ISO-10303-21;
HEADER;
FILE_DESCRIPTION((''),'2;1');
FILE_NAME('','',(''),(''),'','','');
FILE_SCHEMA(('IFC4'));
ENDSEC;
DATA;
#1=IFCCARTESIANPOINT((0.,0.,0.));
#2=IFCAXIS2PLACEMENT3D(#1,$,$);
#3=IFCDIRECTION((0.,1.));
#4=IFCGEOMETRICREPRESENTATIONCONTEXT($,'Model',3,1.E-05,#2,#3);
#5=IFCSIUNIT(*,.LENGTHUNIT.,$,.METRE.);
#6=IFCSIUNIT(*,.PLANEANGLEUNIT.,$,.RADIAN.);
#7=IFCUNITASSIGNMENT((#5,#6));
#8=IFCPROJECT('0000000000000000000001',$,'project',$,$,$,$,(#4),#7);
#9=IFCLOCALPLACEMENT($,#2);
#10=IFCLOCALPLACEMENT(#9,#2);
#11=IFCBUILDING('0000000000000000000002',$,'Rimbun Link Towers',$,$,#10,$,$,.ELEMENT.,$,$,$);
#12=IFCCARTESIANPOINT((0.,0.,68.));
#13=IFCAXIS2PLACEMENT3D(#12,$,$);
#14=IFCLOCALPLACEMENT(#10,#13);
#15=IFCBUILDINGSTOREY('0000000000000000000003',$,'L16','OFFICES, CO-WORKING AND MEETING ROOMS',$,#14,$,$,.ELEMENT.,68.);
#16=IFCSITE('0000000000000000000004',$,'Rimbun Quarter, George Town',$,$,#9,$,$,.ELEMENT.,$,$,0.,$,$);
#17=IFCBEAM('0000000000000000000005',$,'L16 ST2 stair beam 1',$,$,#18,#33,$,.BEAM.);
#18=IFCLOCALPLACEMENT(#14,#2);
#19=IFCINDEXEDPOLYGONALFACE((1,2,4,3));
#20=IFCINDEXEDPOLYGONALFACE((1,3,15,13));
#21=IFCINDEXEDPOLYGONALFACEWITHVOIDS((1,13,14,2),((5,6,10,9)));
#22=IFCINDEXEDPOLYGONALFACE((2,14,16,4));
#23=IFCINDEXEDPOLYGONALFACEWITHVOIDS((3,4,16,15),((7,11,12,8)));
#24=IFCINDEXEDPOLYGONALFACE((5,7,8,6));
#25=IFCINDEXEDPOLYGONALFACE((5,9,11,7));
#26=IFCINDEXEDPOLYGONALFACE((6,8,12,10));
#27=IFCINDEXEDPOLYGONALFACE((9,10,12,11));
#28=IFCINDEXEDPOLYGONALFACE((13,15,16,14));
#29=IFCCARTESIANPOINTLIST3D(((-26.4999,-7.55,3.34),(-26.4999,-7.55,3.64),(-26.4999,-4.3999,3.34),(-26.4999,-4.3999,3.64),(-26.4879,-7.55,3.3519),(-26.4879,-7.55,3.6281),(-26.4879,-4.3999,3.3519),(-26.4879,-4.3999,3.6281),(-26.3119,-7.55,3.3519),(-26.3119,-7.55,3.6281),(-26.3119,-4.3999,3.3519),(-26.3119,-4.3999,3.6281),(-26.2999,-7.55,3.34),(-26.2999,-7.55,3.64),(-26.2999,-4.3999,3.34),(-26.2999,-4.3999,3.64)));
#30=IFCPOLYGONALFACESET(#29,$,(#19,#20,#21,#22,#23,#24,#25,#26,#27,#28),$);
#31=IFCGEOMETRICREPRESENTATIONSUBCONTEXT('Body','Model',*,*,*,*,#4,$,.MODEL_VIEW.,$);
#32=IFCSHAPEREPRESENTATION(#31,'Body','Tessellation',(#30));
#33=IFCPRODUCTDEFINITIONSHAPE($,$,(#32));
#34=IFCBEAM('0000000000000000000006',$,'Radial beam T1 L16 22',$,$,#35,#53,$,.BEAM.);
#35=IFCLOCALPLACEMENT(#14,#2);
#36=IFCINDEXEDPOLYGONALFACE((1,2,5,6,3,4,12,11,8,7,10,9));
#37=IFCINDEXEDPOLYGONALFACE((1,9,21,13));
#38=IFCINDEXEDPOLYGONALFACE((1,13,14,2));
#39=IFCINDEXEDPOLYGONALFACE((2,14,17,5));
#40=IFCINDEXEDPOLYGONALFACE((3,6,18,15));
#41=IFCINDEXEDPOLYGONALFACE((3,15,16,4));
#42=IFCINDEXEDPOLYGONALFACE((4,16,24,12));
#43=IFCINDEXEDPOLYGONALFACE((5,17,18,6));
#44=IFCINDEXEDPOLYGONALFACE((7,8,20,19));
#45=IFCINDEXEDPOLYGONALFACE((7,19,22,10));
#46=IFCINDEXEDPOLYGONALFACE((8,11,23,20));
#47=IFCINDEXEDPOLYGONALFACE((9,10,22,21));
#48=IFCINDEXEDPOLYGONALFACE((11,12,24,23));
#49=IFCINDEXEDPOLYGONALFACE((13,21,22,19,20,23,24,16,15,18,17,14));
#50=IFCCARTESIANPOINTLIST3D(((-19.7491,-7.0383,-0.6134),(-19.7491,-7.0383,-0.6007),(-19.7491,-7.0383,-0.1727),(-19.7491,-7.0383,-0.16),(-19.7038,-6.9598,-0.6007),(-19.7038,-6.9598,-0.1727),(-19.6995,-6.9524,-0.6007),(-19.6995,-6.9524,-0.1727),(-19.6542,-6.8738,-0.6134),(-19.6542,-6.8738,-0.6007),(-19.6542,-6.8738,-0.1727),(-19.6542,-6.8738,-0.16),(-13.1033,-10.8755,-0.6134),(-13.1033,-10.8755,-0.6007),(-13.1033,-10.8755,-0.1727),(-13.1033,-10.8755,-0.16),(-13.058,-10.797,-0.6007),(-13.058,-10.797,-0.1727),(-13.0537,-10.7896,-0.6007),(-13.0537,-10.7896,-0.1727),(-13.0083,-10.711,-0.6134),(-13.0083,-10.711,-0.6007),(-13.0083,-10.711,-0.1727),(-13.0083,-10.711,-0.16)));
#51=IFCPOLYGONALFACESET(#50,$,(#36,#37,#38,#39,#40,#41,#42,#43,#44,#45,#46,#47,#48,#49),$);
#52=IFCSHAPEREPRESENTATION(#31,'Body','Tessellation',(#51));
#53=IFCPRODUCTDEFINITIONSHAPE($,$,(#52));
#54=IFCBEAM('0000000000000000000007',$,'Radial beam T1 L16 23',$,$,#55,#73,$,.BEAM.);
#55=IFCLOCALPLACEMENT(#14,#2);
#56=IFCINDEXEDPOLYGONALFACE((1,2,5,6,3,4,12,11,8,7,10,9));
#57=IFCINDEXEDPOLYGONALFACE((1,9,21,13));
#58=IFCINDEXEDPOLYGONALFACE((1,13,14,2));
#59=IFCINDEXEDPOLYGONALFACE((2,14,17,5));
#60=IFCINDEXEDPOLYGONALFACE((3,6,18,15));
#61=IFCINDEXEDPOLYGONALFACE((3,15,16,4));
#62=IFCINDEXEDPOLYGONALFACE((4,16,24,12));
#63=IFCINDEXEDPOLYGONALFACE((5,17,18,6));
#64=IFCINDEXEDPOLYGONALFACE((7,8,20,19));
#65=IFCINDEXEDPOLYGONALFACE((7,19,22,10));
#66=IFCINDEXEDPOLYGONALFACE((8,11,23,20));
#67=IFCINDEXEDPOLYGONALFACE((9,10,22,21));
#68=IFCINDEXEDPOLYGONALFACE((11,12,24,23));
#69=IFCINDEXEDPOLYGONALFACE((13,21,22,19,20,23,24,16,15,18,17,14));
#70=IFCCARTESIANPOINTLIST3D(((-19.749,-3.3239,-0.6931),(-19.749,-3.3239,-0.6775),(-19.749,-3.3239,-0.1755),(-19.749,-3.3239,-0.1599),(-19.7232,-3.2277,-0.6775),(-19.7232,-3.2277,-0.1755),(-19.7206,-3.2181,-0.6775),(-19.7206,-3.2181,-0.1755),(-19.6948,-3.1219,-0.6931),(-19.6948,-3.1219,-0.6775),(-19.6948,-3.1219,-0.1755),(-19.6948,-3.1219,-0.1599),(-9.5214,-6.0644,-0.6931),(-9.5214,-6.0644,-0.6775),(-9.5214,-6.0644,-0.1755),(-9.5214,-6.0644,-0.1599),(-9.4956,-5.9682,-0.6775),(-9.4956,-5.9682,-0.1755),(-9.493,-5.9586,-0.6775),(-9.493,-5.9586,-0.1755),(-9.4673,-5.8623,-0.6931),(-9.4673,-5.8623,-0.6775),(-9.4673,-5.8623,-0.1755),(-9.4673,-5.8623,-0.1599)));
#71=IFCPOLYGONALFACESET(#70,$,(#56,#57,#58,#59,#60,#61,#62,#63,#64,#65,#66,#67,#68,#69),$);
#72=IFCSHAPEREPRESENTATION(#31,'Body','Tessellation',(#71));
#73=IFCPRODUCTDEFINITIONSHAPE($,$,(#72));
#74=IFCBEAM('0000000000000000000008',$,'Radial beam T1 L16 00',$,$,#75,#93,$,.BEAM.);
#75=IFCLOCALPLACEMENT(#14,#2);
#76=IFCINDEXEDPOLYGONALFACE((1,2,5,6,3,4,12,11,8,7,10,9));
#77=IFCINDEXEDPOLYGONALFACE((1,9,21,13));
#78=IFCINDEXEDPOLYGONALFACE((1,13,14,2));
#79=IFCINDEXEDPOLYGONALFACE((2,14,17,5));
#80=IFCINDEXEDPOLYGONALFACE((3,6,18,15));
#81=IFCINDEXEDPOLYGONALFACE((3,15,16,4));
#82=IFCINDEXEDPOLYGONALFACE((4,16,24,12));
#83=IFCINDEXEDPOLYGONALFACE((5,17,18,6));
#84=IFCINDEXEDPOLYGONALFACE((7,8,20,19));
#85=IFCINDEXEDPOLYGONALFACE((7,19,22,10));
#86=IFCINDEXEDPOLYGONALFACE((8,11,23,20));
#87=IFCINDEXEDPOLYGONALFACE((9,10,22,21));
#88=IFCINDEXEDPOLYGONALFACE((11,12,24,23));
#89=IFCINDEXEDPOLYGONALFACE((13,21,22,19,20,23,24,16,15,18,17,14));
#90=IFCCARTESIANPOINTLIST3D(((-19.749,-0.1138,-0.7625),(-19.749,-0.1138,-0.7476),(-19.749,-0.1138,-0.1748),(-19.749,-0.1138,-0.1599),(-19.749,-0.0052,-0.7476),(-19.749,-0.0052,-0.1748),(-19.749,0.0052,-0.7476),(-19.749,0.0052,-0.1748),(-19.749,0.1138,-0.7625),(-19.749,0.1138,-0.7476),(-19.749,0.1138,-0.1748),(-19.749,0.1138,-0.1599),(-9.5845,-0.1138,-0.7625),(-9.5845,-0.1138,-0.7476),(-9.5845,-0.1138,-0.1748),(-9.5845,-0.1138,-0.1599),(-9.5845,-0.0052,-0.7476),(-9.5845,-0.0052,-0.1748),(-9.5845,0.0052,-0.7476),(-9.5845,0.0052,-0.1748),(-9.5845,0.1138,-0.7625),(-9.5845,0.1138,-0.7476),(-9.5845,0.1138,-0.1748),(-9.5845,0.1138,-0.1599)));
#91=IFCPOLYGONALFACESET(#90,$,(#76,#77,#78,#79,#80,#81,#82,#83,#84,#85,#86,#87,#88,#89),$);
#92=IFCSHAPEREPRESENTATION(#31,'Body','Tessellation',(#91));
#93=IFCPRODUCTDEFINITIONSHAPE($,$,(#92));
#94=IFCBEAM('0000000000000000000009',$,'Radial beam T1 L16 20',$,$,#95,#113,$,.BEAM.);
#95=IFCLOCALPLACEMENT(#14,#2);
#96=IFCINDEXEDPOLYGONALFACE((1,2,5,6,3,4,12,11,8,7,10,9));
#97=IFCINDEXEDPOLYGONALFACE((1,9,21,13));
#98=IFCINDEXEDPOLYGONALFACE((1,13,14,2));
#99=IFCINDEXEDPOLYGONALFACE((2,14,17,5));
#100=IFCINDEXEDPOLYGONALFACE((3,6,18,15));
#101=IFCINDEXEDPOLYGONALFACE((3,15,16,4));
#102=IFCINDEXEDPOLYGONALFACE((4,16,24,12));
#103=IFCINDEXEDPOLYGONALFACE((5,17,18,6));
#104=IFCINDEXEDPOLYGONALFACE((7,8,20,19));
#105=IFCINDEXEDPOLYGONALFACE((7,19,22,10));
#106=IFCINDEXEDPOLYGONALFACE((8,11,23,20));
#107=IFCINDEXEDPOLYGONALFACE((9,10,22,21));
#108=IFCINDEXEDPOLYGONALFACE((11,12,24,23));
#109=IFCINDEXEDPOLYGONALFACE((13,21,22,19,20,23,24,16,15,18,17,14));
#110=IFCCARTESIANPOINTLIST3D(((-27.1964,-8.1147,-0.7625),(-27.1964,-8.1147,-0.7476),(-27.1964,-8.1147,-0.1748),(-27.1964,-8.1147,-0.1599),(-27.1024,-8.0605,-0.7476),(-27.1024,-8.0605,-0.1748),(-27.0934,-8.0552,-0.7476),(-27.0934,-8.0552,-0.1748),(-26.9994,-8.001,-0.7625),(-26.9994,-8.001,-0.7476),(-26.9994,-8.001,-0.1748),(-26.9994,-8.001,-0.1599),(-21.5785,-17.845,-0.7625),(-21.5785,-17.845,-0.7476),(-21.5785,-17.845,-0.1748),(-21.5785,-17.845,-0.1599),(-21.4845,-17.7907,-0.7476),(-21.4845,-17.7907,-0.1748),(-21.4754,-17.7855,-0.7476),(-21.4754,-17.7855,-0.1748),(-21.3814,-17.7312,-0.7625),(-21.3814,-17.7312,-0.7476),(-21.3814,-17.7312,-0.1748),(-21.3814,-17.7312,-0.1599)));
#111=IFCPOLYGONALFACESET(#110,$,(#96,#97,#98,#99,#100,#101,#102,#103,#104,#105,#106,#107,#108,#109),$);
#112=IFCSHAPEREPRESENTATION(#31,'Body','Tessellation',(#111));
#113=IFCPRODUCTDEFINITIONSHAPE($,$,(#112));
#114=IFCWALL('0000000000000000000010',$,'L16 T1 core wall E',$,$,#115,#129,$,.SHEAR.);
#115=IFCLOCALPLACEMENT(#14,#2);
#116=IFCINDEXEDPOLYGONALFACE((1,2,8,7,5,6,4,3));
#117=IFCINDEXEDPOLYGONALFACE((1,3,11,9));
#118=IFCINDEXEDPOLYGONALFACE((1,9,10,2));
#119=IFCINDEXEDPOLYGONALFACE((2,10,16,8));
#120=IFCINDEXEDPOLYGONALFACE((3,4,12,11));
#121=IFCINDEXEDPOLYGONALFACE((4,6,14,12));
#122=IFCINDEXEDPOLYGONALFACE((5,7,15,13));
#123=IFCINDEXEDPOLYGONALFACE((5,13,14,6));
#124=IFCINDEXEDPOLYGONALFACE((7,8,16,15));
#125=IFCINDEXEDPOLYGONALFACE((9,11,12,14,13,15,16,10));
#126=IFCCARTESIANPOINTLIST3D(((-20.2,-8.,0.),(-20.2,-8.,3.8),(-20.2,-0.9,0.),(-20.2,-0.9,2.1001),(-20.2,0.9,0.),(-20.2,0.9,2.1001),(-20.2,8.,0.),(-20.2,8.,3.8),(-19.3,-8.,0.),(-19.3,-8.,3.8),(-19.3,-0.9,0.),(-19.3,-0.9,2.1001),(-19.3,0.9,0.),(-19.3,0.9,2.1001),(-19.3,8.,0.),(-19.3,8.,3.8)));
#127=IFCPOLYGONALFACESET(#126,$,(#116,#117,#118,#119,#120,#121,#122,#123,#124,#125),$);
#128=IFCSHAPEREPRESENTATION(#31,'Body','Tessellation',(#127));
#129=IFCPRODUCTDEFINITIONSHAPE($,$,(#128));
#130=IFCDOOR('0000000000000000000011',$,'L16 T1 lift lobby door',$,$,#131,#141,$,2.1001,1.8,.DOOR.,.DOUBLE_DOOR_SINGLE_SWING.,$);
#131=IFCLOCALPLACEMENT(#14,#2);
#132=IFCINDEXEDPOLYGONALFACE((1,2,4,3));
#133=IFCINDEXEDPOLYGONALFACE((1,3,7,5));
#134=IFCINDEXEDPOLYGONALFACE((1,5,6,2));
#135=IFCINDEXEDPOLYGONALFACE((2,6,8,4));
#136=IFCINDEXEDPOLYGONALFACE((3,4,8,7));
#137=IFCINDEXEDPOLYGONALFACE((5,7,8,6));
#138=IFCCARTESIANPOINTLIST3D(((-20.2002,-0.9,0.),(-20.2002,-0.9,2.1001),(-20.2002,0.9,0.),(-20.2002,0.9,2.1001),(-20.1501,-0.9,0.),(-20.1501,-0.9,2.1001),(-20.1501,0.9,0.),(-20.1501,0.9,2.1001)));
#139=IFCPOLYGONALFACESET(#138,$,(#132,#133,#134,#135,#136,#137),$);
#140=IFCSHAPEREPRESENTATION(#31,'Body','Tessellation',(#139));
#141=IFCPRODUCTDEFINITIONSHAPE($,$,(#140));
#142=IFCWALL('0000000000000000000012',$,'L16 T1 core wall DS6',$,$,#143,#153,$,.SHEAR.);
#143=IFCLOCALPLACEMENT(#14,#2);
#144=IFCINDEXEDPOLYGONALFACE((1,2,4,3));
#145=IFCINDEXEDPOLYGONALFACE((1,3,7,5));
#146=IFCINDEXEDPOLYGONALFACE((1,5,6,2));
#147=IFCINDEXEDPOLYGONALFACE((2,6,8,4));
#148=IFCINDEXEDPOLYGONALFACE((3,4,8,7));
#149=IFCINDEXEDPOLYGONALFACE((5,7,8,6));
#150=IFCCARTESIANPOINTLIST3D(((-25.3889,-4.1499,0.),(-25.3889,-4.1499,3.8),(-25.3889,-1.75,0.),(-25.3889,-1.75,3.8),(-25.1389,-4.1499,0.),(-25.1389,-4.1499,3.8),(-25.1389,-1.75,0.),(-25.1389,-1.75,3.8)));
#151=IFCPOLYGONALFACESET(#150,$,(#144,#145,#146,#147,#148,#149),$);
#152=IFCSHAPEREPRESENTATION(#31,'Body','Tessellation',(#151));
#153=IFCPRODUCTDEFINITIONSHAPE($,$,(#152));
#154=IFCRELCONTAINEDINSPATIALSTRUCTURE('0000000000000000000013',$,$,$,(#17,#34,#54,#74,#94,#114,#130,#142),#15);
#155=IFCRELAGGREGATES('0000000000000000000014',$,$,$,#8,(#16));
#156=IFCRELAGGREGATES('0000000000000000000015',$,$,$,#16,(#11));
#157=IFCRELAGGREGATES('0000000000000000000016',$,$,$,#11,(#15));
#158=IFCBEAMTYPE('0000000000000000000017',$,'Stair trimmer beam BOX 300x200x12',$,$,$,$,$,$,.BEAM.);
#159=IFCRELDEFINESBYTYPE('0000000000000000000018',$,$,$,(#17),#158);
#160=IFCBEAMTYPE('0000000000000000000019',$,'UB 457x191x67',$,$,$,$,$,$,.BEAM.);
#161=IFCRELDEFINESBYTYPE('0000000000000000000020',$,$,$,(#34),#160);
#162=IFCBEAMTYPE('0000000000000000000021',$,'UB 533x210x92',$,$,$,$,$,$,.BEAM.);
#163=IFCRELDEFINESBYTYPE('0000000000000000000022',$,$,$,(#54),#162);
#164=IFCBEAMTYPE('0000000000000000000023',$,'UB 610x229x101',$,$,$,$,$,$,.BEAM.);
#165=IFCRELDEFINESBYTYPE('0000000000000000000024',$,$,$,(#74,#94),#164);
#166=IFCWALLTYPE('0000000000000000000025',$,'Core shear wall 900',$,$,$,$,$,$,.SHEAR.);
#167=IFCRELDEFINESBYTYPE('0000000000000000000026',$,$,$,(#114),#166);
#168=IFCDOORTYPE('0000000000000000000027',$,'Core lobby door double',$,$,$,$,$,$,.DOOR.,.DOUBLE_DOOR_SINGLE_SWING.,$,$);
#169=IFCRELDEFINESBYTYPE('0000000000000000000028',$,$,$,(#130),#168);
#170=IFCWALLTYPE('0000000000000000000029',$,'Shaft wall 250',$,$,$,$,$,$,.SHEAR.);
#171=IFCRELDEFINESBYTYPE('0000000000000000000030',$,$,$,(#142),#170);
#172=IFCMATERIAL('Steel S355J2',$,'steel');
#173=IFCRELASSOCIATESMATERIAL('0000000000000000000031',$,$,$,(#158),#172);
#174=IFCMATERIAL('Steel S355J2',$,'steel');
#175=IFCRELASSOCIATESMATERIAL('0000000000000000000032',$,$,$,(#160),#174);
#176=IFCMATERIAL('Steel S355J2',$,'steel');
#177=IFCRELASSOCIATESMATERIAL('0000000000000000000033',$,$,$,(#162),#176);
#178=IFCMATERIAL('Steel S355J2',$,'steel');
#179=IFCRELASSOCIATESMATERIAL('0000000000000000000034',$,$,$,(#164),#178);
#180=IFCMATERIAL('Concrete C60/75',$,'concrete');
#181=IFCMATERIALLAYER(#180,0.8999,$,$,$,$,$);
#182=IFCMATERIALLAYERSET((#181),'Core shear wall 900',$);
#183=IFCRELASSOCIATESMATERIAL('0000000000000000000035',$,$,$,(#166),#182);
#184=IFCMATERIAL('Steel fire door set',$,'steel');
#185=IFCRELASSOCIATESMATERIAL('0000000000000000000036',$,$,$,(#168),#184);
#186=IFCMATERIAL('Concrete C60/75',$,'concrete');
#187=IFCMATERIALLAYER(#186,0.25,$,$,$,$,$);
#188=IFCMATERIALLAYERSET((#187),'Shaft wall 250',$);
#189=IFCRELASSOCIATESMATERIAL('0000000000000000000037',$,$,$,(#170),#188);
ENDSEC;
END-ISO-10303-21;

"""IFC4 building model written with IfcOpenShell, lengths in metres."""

from ifc_helpers import new_model, si_unit, direction, frame, frame_2d, origin, origin_2d, place, context, subcontext, project, spatial, rectangle, hollow_rectangle, i_section, extrude, material, layer, layer_set, material_profile, profile_set, type_object, element, fill, save


model = new_model("IFC4")

# Units and contexts
model_context = context("Model", 3, precision=1e-05, world=origin(), true_north=direction((0.0, 1.0)))
body_context = subcontext(model_context, "Body", "Model", "MODEL_VIEW")
ifc_project = project(units=[si_unit("LENGTHUNIT", "METRE"), si_unit("PLANEANGLEUNIT", "RADIAN")], contexts=[model_context])

# Site, building, storey
site_placement = place(None, origin())
site = spatial("IfcSite", under=ifc_project, at=site_placement, Name="Rimbun Quarter, George Town", CompositionType="ELEMENT", RefElevation=0.0)
building_placement = place(site_placement, origin())
building = spatial("IfcBuilding", under=site, at=building_placement, Name="Rimbun Link Towers", CompositionType="ELEMENT")
storey_placement = place(building_placement, frame((0.0, 0.0, 68.0)))
storey = spatial("IfcBuildingStorey", under=building, at=storey_placement, Name="L16", Description="OFFICES, CO-WORKING AND MEETING ROOMS", CompositionType="ELEMENT", Elevation=68.0)

# Beams
ifc_material_1 = material(Name="Steel S355J2", Category="steel")
ifc_material_profile_1 = material_profile(ifc_material_1, hollow_rectangle(XDim=0.2, YDim=0.3, WallThickness=0.012, at=origin_2d()), Name="BOX 300x200x12")
ifc_profile_set_1 = profile_set([ifc_material_profile_1], Name="Steel S355J2")
beam_type_1 = type_object("IfcBeamType", Name="Stair trimmer beam BOX 300x200x12", PredefinedType="BEAM", material=ifc_profile_set_1)
beam_1_placement = place(storey_placement, frame((-26.3999, -7.55, 3.49), z_axis=(0.0, 1.0, 0.0), x_axis=(-1.0, 0.0, 0.0)))
element("IfcBeam", 1, at=beam_1_placement, inside=storey, type_object=beam_type_1, Name="L16 ST2 stair beam 1", PredefinedType="BEAM", context=body_context, shape_type="SweptSolid", body=[
    extrude(hollow_rectangle(XDim=0.2, YDim=0.3, WallThickness=0.012, at=origin_2d()), origin(), (0.0, 0.0, 1.0), 3.1501),
])
ifc_material_2 = material(Name="Steel S355J2", Category="steel")
ifc_material_profile_2 = material_profile(ifc_material_2, i_section(OverallWidth=0.1899, OverallDepth=0.4534, WebThickness=0.0085, FlangeThickness=0.0127, at=origin_2d()), Name="UB 457x191x67")
ifc_profile_set_2 = profile_set([ifc_material_profile_2], Name="Steel S355J2")
beam_type_2 = type_object("IfcBeamType", Name="UB 457x191x67", PredefinedType="BEAM", material=ifc_profile_set_2)
beam_2_placement = place(storey_placement, frame((-19.7017, -6.9561, -0.3867), z_axis=(0.866012, -0.500023, 0.0), x_axis=(0.500023, 0.866012, 0.0)))
element("IfcBeam", 2, at=beam_2_placement, inside=storey, type_object=beam_type_2, Name="Radial beam T1 L16 22", PredefinedType="BEAM", context=body_context, shape_type="SweptSolid", body=[
    extrude(i_section(OverallWidth=0.1899, OverallDepth=0.4534, WebThickness=0.0085, FlangeThickness=0.0127, at=origin_2d()), origin(), (0.0, 0.0, 1.0), 7.6741),
])
ifc_material_3 = material(Name="Steel S355J2", Category="steel")
ifc_material_profile_3 = material_profile(ifc_material_3, i_section(OverallWidth=0.2092, OverallDepth=0.5332, WebThickness=0.01, FlangeThickness=0.0156, at=origin_2d()), Name="UB 533x210x92")
ifc_profile_set_3 = profile_set([ifc_material_profile_3], Name="Steel S355J2")
beam_type_3 = type_object("IfcBeamType", Name="UB 533x210x92", PredefinedType="BEAM", material=ifc_profile_set_3)
beam_3_placement = place(storey_placement, frame((-19.7219, -3.2229, -0.4265), z_axis=(0.965925, -0.258821, 0.0), x_axis=(0.258821, 0.965925, 0.0)))
element("IfcBeam", 3, at=beam_3_placement, inside=storey, type_object=beam_type_3, Name="Radial beam T1 L16 23", PredefinedType="BEAM", context=body_context, shape_type="SweptSolid", body=[
    extrude(i_section(OverallWidth=0.2092, OverallDepth=0.5332, WebThickness=0.01, FlangeThickness=0.0156, at=origin_2d()), origin(), (0.0, 0.0, 1.0), 10.5884),
])
ifc_material_4 = material(Name="Steel S355J2", Category="steel")
ifc_material_profile_4 = material_profile(ifc_material_4, i_section(OverallWidth=0.2275, OverallDepth=0.6025, WebThickness=0.0105, FlangeThickness=0.0149, at=origin_2d()), Name="UB 610x229x101")
ifc_profile_set_4 = profile_set([ifc_material_profile_4], Name="Steel S355J2")
beam_type_4 = type_object("IfcBeamType", Name="UB 610x229x101", PredefinedType="BEAM", material=ifc_profile_set_4)
beam_4_placement = place(storey_placement, frame((-19.749, 0.0, -0.4612), z_axis=(1.0, 0.0, 0.0), x_axis=(0.0, 1.0, 0.0)))
element("IfcBeam", 4, at=beam_4_placement, inside=storey, type_object=beam_type_4, Name="Radial beam T1 L16 00", PredefinedType="BEAM", context=body_context, shape_type="SweptSolid", body=[
    extrude(i_section(OverallWidth=0.2275, OverallDepth=0.6025, WebThickness=0.0105, FlangeThickness=0.0149, at=origin_2d()), origin(), (0.0, 0.0, 1.0), 10.1646),
])
beam_5_placement = place(storey_placement, frame((-27.0979, -8.0579, -0.4612), z_axis=(0.500011, -0.866019, 0.0), x_axis=(0.866019, 0.500011, 0.0)))
element("IfcBeam", 5, at=beam_5_placement, inside=storey, type_object=beam_type_4, Name="Radial beam T1 L16 20", PredefinedType="BEAM", context=body_context, shape_type="SweptSolid", body=[
    extrude(i_section(OverallWidth=0.2275, OverallDepth=0.6025, WebThickness=0.0105, FlangeThickness=0.0149, at=origin_2d()), origin(), (0.0, 0.0, 1.0), 11.2356),
])

# Wall, opening, door
ifc_material_5 = material(Name="Concrete C60/75", Category="concrete")
ifc_layer_1 = layer(ifc_material_5, 0.8999)
ifc_layer_set_1 = layer_set([ifc_layer_1], Name="Core shear wall 900")
wall_type_1 = type_object("IfcWallType", Name="Core shear wall 900", PredefinedType="SHEAR", material=ifc_layer_set_1)
wall_1_placement = place(storey_placement, frame((-19.75, -8.0, 0.0), z_axis=(0.0, 0.0, 1.0), x_axis=(0.0, 1.0, 0.0)))
wall_1 = element("IfcWall", 6, at=wall_1_placement, inside=storey, type_object=wall_type_1, Name="L16 T1 core wall E", PredefinedType="SHEAR", context=body_context, shape_type="SweptSolid", body=[
    extrude(rectangle(XDim=16.0, YDim=0.8999, at=frame_2d((8.0, 0.0))), origin(), (0.0, 0.0, 1.0), 3.8),
])
opening_1_placement = place(wall_1_placement, frame((7.1001, 0.0, 0.0)))
opening_1 = element("IfcOpeningElement", 7, at=opening_1_placement, cuts=wall_1, PredefinedType="OPENING", context=body_context, shape_type="SweptSolid", body=[
    extrude(rectangle(XDim=1.8, YDim=2.1001, at=frame_2d((0.8999, 1.05))), frame((0.0, 0.46, 0.0), z_axis=(0.0, -1.0, 0.0), x_axis=(1.0, 0.0, 0.0)), (0.0, 0.0, 1.0), 0.9199),
])
ifc_material_6 = material(Name="Steel fire door set", Category="steel")
door_type_1 = type_object("IfcDoorType", Name="Core lobby door double", OperationType="DOUBLE_DOOR_SINGLE_SWING", PredefinedType="DOOR", material=ifc_material_6)
door_1_placement = place(opening_1_placement, origin())
door_1 = element("IfcDoor", 8, at=door_1_placement, inside=storey, type_object=door_type_1, Name="L16 T1 lift lobby door", OperationType="DOUBLE_DOOR_SINGLE_SWING", OverallHeight=2.1001, OverallWidth=1.8, PredefinedType="DOOR", context=body_context, shape_type="SweptSolid", body=[
    extrude(rectangle(XDim=1.8, YDim=2.1001, at=frame_2d((0.8999, 1.05))), frame((0.0, 0.4502, 0.0), z_axis=(0.0, -1.0, 0.0), x_axis=(1.0, 0.0, 0.0)), (0.0, 0.0, 1.0), 0.05),
])
fill(opening_1, door_1)

# Wall
ifc_material_7 = material(Name="Concrete C60/75", Category="concrete")
ifc_layer_2 = layer(ifc_material_7, 0.25)
ifc_layer_set_2 = layer_set([ifc_layer_2], Name="Shaft wall 250")
wall_type_2 = type_object("IfcWallType", Name="Shaft wall 250", PredefinedType="SHEAR", material=ifc_layer_set_2)
wall_2_placement = place(storey_placement, frame((-25.2639, -4.1499, 0.0), z_axis=(0.0, 0.0, 1.0), x_axis=(0.0, 1.0, 0.0)))
element("IfcWall", 9, at=wall_2_placement, inside=storey, type_object=wall_type_2, Name="L16 T1 core wall DS6", PredefinedType="SHEAR", context=body_context, shape_type="SweptSolid", body=[
    extrude(rectangle(XDim=2.3999, YDim=0.25, at=frame_2d((1.2, 0.0))), origin(), (0.0, 0.0, 1.0), 3.8),
])

save(model, "model.ifc")
